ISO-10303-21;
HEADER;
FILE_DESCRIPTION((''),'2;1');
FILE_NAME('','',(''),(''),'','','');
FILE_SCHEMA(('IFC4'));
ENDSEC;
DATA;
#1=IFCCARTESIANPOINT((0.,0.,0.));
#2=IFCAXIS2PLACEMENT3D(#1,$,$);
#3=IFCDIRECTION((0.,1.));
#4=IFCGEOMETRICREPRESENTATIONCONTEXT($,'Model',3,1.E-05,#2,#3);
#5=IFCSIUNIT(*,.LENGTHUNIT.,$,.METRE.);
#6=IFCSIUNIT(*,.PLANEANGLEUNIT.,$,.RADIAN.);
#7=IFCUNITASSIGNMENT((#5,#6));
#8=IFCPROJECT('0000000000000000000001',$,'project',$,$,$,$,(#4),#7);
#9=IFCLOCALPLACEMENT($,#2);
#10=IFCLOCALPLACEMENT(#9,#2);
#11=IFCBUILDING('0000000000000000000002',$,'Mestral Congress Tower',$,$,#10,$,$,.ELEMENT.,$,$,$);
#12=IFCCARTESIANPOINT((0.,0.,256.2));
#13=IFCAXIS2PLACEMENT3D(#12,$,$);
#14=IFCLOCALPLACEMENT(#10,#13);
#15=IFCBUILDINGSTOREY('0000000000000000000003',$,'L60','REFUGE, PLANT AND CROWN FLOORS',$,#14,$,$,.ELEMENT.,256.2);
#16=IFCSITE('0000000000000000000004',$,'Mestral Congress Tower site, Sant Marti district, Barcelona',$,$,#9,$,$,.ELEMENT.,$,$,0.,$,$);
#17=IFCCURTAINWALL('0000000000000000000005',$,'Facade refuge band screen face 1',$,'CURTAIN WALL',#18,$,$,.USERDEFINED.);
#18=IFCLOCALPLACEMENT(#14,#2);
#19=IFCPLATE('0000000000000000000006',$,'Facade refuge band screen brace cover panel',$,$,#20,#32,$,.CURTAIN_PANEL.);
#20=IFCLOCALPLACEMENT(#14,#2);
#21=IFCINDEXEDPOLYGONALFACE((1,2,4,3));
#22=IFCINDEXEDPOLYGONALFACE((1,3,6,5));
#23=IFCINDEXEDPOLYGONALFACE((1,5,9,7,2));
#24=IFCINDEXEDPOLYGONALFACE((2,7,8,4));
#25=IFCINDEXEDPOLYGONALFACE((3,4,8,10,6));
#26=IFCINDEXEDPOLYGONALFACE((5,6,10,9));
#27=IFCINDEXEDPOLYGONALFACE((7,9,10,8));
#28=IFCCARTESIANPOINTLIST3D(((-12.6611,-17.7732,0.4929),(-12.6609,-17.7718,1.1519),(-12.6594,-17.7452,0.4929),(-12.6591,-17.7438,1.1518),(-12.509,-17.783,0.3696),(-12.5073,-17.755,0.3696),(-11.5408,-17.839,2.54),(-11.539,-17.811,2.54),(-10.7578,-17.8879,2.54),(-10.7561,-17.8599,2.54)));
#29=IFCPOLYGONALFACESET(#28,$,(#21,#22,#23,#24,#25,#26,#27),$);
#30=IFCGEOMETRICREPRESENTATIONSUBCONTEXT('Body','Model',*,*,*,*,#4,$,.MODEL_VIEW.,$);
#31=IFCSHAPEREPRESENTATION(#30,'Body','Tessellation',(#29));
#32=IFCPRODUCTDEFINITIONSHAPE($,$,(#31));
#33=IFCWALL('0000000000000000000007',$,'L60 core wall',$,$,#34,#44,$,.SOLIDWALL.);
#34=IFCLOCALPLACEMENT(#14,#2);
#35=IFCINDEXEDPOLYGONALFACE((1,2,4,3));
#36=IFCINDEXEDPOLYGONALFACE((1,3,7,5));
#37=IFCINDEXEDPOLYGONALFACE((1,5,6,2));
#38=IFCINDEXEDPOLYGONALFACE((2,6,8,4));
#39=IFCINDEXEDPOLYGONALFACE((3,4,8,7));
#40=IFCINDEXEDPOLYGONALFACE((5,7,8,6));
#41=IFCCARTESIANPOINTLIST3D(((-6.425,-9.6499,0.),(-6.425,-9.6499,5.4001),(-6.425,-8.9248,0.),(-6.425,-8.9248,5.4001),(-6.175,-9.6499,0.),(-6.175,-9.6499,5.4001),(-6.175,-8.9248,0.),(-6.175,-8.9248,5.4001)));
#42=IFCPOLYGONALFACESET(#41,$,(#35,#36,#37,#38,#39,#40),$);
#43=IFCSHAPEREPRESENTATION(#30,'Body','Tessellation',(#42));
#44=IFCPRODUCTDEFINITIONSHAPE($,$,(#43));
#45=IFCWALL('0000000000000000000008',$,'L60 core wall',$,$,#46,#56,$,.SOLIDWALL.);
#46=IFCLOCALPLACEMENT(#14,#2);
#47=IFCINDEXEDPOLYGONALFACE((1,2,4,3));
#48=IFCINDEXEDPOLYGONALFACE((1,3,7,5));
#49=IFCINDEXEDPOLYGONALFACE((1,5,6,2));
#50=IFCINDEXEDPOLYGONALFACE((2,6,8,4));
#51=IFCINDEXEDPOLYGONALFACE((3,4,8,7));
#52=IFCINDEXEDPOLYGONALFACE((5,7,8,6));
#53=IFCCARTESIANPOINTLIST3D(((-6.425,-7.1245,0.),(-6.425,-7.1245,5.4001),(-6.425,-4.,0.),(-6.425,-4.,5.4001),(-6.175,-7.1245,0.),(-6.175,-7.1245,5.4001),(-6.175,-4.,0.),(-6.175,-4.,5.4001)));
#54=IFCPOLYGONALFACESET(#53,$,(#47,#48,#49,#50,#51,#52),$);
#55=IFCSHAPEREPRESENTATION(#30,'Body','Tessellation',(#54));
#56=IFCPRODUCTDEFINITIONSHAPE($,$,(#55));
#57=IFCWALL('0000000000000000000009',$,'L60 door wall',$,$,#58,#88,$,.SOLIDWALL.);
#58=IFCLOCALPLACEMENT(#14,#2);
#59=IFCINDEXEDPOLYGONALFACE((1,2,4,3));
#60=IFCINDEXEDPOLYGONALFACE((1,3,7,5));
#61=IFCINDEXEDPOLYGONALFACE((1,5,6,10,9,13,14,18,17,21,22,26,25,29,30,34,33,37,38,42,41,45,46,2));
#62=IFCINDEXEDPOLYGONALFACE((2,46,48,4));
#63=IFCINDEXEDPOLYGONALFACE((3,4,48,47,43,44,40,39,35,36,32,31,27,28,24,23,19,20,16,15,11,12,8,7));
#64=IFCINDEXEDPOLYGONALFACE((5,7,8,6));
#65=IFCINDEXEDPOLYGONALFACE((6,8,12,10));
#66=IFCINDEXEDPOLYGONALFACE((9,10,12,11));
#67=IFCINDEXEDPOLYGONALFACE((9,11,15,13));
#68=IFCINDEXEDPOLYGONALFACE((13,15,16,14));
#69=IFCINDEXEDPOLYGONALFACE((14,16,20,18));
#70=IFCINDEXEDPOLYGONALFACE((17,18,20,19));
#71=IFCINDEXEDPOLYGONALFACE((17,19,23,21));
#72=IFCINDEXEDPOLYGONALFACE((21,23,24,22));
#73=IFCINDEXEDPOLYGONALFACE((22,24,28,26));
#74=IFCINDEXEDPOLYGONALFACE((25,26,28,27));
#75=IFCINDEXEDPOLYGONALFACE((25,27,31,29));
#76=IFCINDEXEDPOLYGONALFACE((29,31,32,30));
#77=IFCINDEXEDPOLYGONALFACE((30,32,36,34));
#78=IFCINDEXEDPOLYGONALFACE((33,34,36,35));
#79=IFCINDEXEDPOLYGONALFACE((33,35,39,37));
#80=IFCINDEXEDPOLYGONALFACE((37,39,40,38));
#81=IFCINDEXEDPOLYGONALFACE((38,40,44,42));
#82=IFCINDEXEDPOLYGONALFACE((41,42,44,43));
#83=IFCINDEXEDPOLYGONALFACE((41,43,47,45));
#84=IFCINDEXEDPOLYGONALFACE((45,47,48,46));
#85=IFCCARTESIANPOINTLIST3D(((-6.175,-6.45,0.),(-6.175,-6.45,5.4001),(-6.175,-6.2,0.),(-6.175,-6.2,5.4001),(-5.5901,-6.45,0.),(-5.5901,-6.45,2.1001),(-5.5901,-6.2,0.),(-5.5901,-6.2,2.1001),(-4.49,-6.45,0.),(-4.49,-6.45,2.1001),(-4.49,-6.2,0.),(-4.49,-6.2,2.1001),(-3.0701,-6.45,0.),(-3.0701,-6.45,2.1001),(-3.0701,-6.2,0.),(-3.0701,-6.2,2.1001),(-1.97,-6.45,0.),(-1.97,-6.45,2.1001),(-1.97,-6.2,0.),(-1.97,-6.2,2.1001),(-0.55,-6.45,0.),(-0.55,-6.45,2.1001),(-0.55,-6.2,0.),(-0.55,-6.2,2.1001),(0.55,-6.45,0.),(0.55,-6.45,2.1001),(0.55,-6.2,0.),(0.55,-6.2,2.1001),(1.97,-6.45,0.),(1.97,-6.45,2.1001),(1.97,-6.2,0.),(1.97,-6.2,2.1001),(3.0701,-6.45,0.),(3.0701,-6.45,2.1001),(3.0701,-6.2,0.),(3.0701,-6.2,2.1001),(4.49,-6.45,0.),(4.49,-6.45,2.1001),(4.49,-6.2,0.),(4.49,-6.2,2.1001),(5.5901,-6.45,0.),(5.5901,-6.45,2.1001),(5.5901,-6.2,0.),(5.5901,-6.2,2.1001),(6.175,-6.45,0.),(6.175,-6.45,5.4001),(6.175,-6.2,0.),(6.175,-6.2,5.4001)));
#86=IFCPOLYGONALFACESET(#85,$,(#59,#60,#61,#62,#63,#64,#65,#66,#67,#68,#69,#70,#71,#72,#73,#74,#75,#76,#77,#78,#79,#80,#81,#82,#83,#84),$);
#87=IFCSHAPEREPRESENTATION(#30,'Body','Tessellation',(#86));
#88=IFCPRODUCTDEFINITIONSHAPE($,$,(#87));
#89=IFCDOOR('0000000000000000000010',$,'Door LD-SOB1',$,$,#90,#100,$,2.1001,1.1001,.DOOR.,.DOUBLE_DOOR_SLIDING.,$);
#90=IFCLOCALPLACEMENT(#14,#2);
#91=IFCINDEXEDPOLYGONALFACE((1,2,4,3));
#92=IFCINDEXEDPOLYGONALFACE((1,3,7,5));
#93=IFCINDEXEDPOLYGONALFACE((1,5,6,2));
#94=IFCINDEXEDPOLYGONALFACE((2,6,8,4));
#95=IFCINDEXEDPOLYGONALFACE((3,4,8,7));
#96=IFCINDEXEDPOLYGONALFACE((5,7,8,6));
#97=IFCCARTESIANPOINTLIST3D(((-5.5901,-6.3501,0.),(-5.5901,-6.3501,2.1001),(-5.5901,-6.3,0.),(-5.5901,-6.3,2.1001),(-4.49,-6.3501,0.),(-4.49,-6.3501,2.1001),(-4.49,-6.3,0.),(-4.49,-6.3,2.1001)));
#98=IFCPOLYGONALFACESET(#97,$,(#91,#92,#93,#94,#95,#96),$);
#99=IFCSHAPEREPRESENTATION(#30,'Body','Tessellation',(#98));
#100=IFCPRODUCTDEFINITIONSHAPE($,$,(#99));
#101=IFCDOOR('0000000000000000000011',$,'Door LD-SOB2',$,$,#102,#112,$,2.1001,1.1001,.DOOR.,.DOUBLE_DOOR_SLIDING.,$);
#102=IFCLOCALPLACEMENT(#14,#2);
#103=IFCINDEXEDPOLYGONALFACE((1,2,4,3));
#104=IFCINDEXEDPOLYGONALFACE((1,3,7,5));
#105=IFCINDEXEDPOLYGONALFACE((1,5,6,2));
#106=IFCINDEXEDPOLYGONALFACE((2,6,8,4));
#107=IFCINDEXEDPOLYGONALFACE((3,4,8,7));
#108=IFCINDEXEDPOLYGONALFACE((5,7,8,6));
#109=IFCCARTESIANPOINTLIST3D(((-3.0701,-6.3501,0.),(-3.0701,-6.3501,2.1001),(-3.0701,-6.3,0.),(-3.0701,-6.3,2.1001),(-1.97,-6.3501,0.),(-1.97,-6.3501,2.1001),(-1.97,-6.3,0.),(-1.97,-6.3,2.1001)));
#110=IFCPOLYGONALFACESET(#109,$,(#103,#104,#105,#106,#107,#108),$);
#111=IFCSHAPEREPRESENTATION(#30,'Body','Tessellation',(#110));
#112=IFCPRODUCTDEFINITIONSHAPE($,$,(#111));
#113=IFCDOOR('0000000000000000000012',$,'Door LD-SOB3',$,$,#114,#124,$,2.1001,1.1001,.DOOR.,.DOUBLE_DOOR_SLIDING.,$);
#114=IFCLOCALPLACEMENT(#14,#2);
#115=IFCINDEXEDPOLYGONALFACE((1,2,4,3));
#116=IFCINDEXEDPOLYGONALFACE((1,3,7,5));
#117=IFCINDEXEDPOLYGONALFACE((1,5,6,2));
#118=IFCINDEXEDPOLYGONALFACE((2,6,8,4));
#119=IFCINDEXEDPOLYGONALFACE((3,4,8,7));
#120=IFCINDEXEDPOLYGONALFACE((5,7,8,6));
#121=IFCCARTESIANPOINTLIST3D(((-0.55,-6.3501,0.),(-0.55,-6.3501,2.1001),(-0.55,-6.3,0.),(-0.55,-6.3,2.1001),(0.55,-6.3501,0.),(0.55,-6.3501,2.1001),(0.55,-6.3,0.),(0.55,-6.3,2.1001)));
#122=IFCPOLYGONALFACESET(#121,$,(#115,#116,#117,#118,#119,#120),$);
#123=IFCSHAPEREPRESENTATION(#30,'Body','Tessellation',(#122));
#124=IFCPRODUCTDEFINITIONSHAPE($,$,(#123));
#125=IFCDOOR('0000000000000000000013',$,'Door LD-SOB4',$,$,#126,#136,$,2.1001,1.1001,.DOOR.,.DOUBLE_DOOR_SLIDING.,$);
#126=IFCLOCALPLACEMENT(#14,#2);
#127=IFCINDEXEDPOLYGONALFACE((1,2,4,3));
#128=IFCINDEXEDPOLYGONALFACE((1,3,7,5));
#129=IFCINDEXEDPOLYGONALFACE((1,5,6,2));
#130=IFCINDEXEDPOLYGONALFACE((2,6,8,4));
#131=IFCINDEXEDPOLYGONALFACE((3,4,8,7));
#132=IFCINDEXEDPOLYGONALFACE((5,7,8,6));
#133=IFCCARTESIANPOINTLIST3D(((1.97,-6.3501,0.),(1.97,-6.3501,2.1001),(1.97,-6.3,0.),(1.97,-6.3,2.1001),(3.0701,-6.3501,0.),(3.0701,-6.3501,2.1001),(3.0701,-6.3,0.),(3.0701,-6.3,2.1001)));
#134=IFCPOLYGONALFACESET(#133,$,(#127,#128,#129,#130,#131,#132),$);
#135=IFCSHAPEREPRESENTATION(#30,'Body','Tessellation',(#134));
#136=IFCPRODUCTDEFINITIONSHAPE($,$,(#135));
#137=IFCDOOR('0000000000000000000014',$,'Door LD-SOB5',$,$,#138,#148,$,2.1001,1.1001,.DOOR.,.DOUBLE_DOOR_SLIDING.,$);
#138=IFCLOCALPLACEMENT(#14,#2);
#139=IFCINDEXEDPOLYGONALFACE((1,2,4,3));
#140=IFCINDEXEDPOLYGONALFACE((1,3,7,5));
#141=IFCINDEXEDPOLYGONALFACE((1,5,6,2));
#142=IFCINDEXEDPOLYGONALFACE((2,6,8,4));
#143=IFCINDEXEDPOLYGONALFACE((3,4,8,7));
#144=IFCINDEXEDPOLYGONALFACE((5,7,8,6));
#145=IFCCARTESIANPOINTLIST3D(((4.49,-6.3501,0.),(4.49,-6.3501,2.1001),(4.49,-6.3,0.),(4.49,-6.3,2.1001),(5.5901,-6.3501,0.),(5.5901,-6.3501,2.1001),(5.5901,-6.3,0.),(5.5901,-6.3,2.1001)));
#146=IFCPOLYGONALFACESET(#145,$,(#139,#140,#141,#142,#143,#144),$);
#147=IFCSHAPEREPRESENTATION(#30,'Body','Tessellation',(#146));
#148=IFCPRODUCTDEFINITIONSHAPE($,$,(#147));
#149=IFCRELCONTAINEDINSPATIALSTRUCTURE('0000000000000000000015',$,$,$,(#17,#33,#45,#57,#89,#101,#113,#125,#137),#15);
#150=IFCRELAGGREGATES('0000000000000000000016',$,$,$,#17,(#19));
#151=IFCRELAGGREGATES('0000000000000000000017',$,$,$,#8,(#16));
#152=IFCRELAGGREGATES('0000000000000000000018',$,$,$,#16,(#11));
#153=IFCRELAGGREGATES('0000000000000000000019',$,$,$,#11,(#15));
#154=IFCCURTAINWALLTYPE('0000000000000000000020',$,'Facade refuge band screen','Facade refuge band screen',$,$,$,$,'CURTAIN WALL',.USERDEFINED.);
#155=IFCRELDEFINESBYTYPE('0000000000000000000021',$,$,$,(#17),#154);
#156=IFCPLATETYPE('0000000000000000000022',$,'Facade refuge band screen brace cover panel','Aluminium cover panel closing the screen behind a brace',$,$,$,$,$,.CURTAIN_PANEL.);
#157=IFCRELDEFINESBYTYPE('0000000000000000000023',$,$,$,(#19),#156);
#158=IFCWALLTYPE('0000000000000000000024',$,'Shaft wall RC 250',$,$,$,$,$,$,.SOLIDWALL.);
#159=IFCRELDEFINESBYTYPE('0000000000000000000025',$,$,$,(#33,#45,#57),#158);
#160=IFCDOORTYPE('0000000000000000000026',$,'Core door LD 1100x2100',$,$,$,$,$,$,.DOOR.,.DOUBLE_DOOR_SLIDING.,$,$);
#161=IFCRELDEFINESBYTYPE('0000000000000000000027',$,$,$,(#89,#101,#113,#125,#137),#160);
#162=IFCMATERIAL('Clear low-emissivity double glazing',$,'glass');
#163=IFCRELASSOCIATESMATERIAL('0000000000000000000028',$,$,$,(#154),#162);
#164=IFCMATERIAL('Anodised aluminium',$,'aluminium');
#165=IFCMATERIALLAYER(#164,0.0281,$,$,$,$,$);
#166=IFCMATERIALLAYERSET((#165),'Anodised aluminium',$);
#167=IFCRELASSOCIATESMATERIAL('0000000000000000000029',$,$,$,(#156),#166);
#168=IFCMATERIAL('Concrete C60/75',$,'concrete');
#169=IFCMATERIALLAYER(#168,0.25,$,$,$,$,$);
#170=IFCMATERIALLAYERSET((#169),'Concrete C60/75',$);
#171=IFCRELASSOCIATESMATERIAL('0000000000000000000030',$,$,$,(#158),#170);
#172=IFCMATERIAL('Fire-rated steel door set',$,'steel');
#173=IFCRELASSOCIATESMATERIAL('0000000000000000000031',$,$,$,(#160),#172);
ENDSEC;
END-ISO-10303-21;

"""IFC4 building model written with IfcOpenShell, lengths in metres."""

from ifc_helpers import new_model, si_unit, direction, frame, frame_2d, origin, place, context, subcontext, project, spatial, polyline, rectangle, outline, extrude, material, layer, layer_set, type_object, element, fill, aggregate, save


model = new_model("IFC4")

# Units and contexts
model_context = context("Model", 3, precision=1e-05, world=origin(), true_north=direction((0.0, 1.0)))
body_context = subcontext(model_context, "Body", "Model", "MODEL_VIEW")
ifc_project = project(units=[si_unit("LENGTHUNIT", "METRE"), si_unit("PLANEANGLEUNIT", "RADIAN")], contexts=[model_context])

# Site, building, storey
site_placement = place(None, origin())
site = spatial("IfcSite", under=ifc_project, at=site_placement, Name="Mestral Congress Tower site, Sant Marti district, Barcelona", CompositionType="ELEMENT", RefElevation=0.0)
building_placement = place(site_placement, origin())
building = spatial("IfcBuilding", under=site, at=building_placement, Name="Mestral Congress Tower", CompositionType="ELEMENT")
storey_placement = place(building_placement, frame((0.0, 0.0, 256.2)))
storey = spatial("IfcBuildingStorey", under=building, at=storey_placement, Name="L60", Description="REFUGE, PLANT AND CROWN FLOORS", CompositionType="ELEMENT", Elevation=256.2)

# Curtain wall, plate
ifc_material_1 = material(Name="Clear low-emissivity double glazing", Category="glass")
curtain_wall_type = type_object("IfcCurtainWallType", Name="Facade refuge band screen", Description="Facade refuge band screen", ElementType="CURTAIN WALL", PredefinedType="USERDEFINED", material=ifc_material_1)
placement = place(storey_placement, origin())
curtain_wall = element("IfcCurtainWall", 1, at=placement, inside=storey, type_object=curtain_wall_type, Name="Facade refuge band screen face 1", ObjectType="CURTAIN WALL", PredefinedType="USERDEFINED")
ifc_material_2 = material(Name="Anodised aluminium", Category="aluminium")
ifc_layer_1 = layer(ifc_material_2, 0.0281)
ifc_layer_set_1 = layer_set([ifc_layer_1], Name="Anodised aluminium")
plate_type = type_object("IfcPlateType", Name="Facade refuge band screen brace cover panel", Description="Aluminium cover panel closing the screen behind a brace", PredefinedType="CURTAIN_PANEL", material=ifc_layer_set_1)
plate_placement = place(storey_placement, frame((-10.7578, -17.8879, 2.54), z_axis=(-0.062419, -0.998048, 0.002101), x_axis=(-0.627499, 0.037607, -0.777709)))
plate = element("IfcPlate", 2, at=plate_placement, type_object=plate_type, Name="Facade refuge band screen brace cover panel", PredefinedType="CURTAIN_PANEL", context=body_context, shape_type="SweptSolid", body=[
    extrude(outline(polyline([(0.0, 0.0), (2.7908, 0.0), (2.7907, -0.196), (2.2781, -0.6101), (0.4931, -0.6101), (0.0, 0.0)])), origin(), (0.0, 0.0, -1.0), 0.0281),
])
aggregate(curtain_wall, [plate])

# Walls
ifc_material_3 = material(Name="Concrete C60/75", Category="concrete")
ifc_layer_2 = layer(ifc_material_3, 0.25)
ifc_layer_set_2 = layer_set([ifc_layer_2], Name="Concrete C60/75")
wall_type_1 = type_object("IfcWallType", Name="Shaft wall RC 250", PredefinedType="SOLIDWALL", material=ifc_layer_set_2)
wall_1_placement = place(storey_placement, frame((-6.3, -8.9248, 0.0), z_axis=(0.0, 0.0, 1.0), x_axis=(0.0, -1.0, 0.0)))
element("IfcWall", 3, at=wall_1_placement, inside=storey, type_object=wall_type_1, Name="L60 core wall", PredefinedType="SOLIDWALL", context=body_context, shape_type="SweptSolid", body=[
    extrude(rectangle(XDim=0.7251, YDim=0.25, at=frame_2d((0.3625, 0.0))), origin(), (0.0, 0.0, 1.0), 5.4001),
])
wall_2_placement = place(storey_placement, frame((-6.3, -7.1245, 0.0), z_axis=(0.0, 0.0, 1.0), x_axis=(0.0, 1.0, 0.0)))
element("IfcWall", 4, at=wall_2_placement, inside=storey, type_object=wall_type_1, Name="L60 core wall", PredefinedType="SOLIDWALL", context=body_context, shape_type="SweptSolid", body=[
    extrude(rectangle(XDim=3.1245, YDim=0.25, at=frame_2d((1.5623, 0.0))), origin(), (0.0, 0.0, 1.0), 5.4001),
])

# Wall, openings, doors
wall_3_placement = place(storey_placement, frame((-6.175, -6.325, 0.0), z_axis=(0.0, 0.0, 1.0), x_axis=(1.0, 0.0, 0.0)))
wall_3 = element("IfcWall", 5, at=wall_3_placement, inside=storey, type_object=wall_type_1, Name="L60 door wall", PredefinedType="SOLIDWALL", context=body_context, shape_type="SweptSolid", body=[
    extrude(rectangle(XDim=12.3501, YDim=0.25, at=frame_2d((6.175, 0.0))), origin(), (0.0, 0.0, 1.0), 5.4001),
])
opening_1_placement = place(wall_3_placement, frame((0.585, 0.0, 0.0)))
opening_1 = element("IfcOpeningElement", 6, at=opening_1_placement, cuts=wall_3, PredefinedType="OPENING", context=body_context, shape_type="SweptSolid", body=[
    extrude(rectangle(XDim=1.1001, YDim=2.1001, at=frame_2d((0.55, 1.05))), frame((0.0, 0.135, 0.0), z_axis=(0.0, -1.0, 0.0), x_axis=(1.0, 0.0, 0.0)), (0.0, 0.0, 1.0), 0.27),
])
opening_2_placement = place(wall_3_placement, frame((3.105, 0.0, 0.0)))
opening_2 = element("IfcOpeningElement", 7, at=opening_2_placement, cuts=wall_3, PredefinedType="OPENING", context=body_context, shape_type="SweptSolid", body=[
    extrude(rectangle(XDim=1.1001, YDim=2.1001, at=frame_2d((0.55, 1.05))), frame((0.0, 0.135, 0.0), z_axis=(0.0, -1.0, 0.0), x_axis=(1.0, 0.0, 0.0)), (0.0, 0.0, 1.0), 0.27),
])
opening_3_placement = place(wall_3_placement, frame((5.625, 0.0, 0.0)))
opening_3 = element("IfcOpeningElement", 8, at=opening_3_placement, cuts=wall_3, PredefinedType="OPENING", context=body_context, shape_type="SweptSolid", body=[
    extrude(rectangle(XDim=1.1001, YDim=2.1001, at=frame_2d((0.55, 1.05))), frame((0.0, 0.135, 0.0), z_axis=(0.0, -1.0, 0.0), x_axis=(1.0, 0.0, 0.0)), (0.0, 0.0, 1.0), 0.27),
])
opening_4_placement = place(wall_3_placement, frame((8.145, 0.0, 0.0)))
opening_4 = element("IfcOpeningElement", 9, at=opening_4_placement, cuts=wall_3, PredefinedType="OPENING", context=body_context, shape_type="SweptSolid", body=[
    extrude(rectangle(XDim=1.1001, YDim=2.1001, at=frame_2d((0.55, 1.05))), frame((0.0, 0.135, 0.0), z_axis=(0.0, -1.0, 0.0), x_axis=(1.0, 0.0, 0.0)), (0.0, 0.0, 1.0), 0.27),
])
opening_5_placement = place(wall_3_placement, frame((10.665, 0.0, 0.0)))
opening_5 = element("IfcOpeningElement", 10, at=opening_5_placement, cuts=wall_3, PredefinedType="OPENING", context=body_context, shape_type="SweptSolid", body=[
    extrude(rectangle(XDim=1.1001, YDim=2.1001, at=frame_2d((0.55, 1.05))), frame((0.0, 0.135, 0.0), z_axis=(0.0, -1.0, 0.0), x_axis=(1.0, 0.0, 0.0)), (0.0, 0.0, 1.0), 0.27),
])
ifc_material_4 = material(Name="Fire-rated steel door set", Category="steel")
door_type_1 = type_object("IfcDoorType", Name="Core door LD 1100x2100", OperationType="DOUBLE_DOOR_SLIDING", PredefinedType="DOOR", material=ifc_material_4)
door_1_placement = place(opening_1_placement, origin())
door_1 = element("IfcDoor", 11, at=door_1_placement, inside=storey, type_object=door_type_1, Name="Door LD-SOB1", OperationType="DOUBLE_DOOR_SLIDING", OverallHeight=2.1001, OverallWidth=1.1001, PredefinedType="DOOR", context=body_context, shape_type="SweptSolid", body=[
    extrude(rectangle(XDim=1.1001, YDim=2.1001, at=frame_2d((0.55, 1.05))), frame((0.0, 0.0249, 0.0), z_axis=(0.0, -1.0, 0.0), x_axis=(1.0, 0.0, 0.0)), (0.0, 0.0, 1.0), 0.05),
])
fill(opening_1, door_1)
door_2_placement = place(opening_2_placement, origin())
door_2 = element("IfcDoor", 12, at=door_2_placement, inside=storey, type_object=door_type_1, Name="Door LD-SOB2", OperationType="DOUBLE_DOOR_SLIDING", OverallHeight=2.1001, OverallWidth=1.1001, PredefinedType="DOOR", context=body_context, shape_type="SweptSolid", body=[
    extrude(rectangle(XDim=1.1001, YDim=2.1001, at=frame_2d((0.55, 1.05))), frame((0.0, 0.0249, 0.0), z_axis=(0.0, -1.0, 0.0), x_axis=(1.0, 0.0, 0.0)), (0.0, 0.0, 1.0), 0.05),
])
fill(opening_2, door_2)
door_3_placement = place(opening_3_placement, origin())
door_3 = element("IfcDoor", 13, at=door_3_placement, inside=storey, type_object=door_type_1, Name="Door LD-SOB3", OperationType="DOUBLE_DOOR_SLIDING", OverallHeight=2.1001, OverallWidth=1.1001, PredefinedType="DOOR", context=body_context, shape_type="SweptSolid", body=[
    extrude(rectangle(XDim=1.1001, YDim=2.1001, at=frame_2d((0.55, 1.05))), frame((0.0, 0.0249, 0.0), z_axis=(0.0, -1.0, 0.0), x_axis=(1.0, 0.0, 0.0)), (0.0, 0.0, 1.0), 0.05),
])
fill(opening_3, door_3)
door_4_placement = place(opening_4_placement, origin())
door_4 = element("IfcDoor", 14, at=door_4_placement, inside=storey, type_object=door_type_1, Name="Door LD-SOB4", OperationType="DOUBLE_DOOR_SLIDING", OverallHeight=2.1001, OverallWidth=1.1001, PredefinedType="DOOR", context=body_context, shape_type="SweptSolid", body=[
    extrude(rectangle(XDim=1.1001, YDim=2.1001, at=frame_2d((0.55, 1.05))), frame((0.0, 0.0249, 0.0), z_axis=(0.0, -1.0, 0.0), x_axis=(1.0, 0.0, 0.0)), (0.0, 0.0, 1.0), 0.05),
])
fill(opening_4, door_4)
door_5_placement = place(opening_5_placement, origin())
door_5 = element("IfcDoor", 15, at=door_5_placement, inside=storey, type_object=door_type_1, Name="Door LD-SOB5", OperationType="DOUBLE_DOOR_SLIDING", OverallHeight=2.1001, OverallWidth=1.1001, PredefinedType="DOOR", context=body_context, shape_type="SweptSolid", body=[
    extrude(rectangle(XDim=1.1001, YDim=2.1001, at=frame_2d((0.55, 1.05))), frame((0.0, 0.0249, 0.0), z_axis=(0.0, -1.0, 0.0), x_axis=(1.0, 0.0, 0.0)), (0.0, 0.0, 1.0), 0.05),
])
fill(opening_5, door_5)

save(model, "model.ifc")
